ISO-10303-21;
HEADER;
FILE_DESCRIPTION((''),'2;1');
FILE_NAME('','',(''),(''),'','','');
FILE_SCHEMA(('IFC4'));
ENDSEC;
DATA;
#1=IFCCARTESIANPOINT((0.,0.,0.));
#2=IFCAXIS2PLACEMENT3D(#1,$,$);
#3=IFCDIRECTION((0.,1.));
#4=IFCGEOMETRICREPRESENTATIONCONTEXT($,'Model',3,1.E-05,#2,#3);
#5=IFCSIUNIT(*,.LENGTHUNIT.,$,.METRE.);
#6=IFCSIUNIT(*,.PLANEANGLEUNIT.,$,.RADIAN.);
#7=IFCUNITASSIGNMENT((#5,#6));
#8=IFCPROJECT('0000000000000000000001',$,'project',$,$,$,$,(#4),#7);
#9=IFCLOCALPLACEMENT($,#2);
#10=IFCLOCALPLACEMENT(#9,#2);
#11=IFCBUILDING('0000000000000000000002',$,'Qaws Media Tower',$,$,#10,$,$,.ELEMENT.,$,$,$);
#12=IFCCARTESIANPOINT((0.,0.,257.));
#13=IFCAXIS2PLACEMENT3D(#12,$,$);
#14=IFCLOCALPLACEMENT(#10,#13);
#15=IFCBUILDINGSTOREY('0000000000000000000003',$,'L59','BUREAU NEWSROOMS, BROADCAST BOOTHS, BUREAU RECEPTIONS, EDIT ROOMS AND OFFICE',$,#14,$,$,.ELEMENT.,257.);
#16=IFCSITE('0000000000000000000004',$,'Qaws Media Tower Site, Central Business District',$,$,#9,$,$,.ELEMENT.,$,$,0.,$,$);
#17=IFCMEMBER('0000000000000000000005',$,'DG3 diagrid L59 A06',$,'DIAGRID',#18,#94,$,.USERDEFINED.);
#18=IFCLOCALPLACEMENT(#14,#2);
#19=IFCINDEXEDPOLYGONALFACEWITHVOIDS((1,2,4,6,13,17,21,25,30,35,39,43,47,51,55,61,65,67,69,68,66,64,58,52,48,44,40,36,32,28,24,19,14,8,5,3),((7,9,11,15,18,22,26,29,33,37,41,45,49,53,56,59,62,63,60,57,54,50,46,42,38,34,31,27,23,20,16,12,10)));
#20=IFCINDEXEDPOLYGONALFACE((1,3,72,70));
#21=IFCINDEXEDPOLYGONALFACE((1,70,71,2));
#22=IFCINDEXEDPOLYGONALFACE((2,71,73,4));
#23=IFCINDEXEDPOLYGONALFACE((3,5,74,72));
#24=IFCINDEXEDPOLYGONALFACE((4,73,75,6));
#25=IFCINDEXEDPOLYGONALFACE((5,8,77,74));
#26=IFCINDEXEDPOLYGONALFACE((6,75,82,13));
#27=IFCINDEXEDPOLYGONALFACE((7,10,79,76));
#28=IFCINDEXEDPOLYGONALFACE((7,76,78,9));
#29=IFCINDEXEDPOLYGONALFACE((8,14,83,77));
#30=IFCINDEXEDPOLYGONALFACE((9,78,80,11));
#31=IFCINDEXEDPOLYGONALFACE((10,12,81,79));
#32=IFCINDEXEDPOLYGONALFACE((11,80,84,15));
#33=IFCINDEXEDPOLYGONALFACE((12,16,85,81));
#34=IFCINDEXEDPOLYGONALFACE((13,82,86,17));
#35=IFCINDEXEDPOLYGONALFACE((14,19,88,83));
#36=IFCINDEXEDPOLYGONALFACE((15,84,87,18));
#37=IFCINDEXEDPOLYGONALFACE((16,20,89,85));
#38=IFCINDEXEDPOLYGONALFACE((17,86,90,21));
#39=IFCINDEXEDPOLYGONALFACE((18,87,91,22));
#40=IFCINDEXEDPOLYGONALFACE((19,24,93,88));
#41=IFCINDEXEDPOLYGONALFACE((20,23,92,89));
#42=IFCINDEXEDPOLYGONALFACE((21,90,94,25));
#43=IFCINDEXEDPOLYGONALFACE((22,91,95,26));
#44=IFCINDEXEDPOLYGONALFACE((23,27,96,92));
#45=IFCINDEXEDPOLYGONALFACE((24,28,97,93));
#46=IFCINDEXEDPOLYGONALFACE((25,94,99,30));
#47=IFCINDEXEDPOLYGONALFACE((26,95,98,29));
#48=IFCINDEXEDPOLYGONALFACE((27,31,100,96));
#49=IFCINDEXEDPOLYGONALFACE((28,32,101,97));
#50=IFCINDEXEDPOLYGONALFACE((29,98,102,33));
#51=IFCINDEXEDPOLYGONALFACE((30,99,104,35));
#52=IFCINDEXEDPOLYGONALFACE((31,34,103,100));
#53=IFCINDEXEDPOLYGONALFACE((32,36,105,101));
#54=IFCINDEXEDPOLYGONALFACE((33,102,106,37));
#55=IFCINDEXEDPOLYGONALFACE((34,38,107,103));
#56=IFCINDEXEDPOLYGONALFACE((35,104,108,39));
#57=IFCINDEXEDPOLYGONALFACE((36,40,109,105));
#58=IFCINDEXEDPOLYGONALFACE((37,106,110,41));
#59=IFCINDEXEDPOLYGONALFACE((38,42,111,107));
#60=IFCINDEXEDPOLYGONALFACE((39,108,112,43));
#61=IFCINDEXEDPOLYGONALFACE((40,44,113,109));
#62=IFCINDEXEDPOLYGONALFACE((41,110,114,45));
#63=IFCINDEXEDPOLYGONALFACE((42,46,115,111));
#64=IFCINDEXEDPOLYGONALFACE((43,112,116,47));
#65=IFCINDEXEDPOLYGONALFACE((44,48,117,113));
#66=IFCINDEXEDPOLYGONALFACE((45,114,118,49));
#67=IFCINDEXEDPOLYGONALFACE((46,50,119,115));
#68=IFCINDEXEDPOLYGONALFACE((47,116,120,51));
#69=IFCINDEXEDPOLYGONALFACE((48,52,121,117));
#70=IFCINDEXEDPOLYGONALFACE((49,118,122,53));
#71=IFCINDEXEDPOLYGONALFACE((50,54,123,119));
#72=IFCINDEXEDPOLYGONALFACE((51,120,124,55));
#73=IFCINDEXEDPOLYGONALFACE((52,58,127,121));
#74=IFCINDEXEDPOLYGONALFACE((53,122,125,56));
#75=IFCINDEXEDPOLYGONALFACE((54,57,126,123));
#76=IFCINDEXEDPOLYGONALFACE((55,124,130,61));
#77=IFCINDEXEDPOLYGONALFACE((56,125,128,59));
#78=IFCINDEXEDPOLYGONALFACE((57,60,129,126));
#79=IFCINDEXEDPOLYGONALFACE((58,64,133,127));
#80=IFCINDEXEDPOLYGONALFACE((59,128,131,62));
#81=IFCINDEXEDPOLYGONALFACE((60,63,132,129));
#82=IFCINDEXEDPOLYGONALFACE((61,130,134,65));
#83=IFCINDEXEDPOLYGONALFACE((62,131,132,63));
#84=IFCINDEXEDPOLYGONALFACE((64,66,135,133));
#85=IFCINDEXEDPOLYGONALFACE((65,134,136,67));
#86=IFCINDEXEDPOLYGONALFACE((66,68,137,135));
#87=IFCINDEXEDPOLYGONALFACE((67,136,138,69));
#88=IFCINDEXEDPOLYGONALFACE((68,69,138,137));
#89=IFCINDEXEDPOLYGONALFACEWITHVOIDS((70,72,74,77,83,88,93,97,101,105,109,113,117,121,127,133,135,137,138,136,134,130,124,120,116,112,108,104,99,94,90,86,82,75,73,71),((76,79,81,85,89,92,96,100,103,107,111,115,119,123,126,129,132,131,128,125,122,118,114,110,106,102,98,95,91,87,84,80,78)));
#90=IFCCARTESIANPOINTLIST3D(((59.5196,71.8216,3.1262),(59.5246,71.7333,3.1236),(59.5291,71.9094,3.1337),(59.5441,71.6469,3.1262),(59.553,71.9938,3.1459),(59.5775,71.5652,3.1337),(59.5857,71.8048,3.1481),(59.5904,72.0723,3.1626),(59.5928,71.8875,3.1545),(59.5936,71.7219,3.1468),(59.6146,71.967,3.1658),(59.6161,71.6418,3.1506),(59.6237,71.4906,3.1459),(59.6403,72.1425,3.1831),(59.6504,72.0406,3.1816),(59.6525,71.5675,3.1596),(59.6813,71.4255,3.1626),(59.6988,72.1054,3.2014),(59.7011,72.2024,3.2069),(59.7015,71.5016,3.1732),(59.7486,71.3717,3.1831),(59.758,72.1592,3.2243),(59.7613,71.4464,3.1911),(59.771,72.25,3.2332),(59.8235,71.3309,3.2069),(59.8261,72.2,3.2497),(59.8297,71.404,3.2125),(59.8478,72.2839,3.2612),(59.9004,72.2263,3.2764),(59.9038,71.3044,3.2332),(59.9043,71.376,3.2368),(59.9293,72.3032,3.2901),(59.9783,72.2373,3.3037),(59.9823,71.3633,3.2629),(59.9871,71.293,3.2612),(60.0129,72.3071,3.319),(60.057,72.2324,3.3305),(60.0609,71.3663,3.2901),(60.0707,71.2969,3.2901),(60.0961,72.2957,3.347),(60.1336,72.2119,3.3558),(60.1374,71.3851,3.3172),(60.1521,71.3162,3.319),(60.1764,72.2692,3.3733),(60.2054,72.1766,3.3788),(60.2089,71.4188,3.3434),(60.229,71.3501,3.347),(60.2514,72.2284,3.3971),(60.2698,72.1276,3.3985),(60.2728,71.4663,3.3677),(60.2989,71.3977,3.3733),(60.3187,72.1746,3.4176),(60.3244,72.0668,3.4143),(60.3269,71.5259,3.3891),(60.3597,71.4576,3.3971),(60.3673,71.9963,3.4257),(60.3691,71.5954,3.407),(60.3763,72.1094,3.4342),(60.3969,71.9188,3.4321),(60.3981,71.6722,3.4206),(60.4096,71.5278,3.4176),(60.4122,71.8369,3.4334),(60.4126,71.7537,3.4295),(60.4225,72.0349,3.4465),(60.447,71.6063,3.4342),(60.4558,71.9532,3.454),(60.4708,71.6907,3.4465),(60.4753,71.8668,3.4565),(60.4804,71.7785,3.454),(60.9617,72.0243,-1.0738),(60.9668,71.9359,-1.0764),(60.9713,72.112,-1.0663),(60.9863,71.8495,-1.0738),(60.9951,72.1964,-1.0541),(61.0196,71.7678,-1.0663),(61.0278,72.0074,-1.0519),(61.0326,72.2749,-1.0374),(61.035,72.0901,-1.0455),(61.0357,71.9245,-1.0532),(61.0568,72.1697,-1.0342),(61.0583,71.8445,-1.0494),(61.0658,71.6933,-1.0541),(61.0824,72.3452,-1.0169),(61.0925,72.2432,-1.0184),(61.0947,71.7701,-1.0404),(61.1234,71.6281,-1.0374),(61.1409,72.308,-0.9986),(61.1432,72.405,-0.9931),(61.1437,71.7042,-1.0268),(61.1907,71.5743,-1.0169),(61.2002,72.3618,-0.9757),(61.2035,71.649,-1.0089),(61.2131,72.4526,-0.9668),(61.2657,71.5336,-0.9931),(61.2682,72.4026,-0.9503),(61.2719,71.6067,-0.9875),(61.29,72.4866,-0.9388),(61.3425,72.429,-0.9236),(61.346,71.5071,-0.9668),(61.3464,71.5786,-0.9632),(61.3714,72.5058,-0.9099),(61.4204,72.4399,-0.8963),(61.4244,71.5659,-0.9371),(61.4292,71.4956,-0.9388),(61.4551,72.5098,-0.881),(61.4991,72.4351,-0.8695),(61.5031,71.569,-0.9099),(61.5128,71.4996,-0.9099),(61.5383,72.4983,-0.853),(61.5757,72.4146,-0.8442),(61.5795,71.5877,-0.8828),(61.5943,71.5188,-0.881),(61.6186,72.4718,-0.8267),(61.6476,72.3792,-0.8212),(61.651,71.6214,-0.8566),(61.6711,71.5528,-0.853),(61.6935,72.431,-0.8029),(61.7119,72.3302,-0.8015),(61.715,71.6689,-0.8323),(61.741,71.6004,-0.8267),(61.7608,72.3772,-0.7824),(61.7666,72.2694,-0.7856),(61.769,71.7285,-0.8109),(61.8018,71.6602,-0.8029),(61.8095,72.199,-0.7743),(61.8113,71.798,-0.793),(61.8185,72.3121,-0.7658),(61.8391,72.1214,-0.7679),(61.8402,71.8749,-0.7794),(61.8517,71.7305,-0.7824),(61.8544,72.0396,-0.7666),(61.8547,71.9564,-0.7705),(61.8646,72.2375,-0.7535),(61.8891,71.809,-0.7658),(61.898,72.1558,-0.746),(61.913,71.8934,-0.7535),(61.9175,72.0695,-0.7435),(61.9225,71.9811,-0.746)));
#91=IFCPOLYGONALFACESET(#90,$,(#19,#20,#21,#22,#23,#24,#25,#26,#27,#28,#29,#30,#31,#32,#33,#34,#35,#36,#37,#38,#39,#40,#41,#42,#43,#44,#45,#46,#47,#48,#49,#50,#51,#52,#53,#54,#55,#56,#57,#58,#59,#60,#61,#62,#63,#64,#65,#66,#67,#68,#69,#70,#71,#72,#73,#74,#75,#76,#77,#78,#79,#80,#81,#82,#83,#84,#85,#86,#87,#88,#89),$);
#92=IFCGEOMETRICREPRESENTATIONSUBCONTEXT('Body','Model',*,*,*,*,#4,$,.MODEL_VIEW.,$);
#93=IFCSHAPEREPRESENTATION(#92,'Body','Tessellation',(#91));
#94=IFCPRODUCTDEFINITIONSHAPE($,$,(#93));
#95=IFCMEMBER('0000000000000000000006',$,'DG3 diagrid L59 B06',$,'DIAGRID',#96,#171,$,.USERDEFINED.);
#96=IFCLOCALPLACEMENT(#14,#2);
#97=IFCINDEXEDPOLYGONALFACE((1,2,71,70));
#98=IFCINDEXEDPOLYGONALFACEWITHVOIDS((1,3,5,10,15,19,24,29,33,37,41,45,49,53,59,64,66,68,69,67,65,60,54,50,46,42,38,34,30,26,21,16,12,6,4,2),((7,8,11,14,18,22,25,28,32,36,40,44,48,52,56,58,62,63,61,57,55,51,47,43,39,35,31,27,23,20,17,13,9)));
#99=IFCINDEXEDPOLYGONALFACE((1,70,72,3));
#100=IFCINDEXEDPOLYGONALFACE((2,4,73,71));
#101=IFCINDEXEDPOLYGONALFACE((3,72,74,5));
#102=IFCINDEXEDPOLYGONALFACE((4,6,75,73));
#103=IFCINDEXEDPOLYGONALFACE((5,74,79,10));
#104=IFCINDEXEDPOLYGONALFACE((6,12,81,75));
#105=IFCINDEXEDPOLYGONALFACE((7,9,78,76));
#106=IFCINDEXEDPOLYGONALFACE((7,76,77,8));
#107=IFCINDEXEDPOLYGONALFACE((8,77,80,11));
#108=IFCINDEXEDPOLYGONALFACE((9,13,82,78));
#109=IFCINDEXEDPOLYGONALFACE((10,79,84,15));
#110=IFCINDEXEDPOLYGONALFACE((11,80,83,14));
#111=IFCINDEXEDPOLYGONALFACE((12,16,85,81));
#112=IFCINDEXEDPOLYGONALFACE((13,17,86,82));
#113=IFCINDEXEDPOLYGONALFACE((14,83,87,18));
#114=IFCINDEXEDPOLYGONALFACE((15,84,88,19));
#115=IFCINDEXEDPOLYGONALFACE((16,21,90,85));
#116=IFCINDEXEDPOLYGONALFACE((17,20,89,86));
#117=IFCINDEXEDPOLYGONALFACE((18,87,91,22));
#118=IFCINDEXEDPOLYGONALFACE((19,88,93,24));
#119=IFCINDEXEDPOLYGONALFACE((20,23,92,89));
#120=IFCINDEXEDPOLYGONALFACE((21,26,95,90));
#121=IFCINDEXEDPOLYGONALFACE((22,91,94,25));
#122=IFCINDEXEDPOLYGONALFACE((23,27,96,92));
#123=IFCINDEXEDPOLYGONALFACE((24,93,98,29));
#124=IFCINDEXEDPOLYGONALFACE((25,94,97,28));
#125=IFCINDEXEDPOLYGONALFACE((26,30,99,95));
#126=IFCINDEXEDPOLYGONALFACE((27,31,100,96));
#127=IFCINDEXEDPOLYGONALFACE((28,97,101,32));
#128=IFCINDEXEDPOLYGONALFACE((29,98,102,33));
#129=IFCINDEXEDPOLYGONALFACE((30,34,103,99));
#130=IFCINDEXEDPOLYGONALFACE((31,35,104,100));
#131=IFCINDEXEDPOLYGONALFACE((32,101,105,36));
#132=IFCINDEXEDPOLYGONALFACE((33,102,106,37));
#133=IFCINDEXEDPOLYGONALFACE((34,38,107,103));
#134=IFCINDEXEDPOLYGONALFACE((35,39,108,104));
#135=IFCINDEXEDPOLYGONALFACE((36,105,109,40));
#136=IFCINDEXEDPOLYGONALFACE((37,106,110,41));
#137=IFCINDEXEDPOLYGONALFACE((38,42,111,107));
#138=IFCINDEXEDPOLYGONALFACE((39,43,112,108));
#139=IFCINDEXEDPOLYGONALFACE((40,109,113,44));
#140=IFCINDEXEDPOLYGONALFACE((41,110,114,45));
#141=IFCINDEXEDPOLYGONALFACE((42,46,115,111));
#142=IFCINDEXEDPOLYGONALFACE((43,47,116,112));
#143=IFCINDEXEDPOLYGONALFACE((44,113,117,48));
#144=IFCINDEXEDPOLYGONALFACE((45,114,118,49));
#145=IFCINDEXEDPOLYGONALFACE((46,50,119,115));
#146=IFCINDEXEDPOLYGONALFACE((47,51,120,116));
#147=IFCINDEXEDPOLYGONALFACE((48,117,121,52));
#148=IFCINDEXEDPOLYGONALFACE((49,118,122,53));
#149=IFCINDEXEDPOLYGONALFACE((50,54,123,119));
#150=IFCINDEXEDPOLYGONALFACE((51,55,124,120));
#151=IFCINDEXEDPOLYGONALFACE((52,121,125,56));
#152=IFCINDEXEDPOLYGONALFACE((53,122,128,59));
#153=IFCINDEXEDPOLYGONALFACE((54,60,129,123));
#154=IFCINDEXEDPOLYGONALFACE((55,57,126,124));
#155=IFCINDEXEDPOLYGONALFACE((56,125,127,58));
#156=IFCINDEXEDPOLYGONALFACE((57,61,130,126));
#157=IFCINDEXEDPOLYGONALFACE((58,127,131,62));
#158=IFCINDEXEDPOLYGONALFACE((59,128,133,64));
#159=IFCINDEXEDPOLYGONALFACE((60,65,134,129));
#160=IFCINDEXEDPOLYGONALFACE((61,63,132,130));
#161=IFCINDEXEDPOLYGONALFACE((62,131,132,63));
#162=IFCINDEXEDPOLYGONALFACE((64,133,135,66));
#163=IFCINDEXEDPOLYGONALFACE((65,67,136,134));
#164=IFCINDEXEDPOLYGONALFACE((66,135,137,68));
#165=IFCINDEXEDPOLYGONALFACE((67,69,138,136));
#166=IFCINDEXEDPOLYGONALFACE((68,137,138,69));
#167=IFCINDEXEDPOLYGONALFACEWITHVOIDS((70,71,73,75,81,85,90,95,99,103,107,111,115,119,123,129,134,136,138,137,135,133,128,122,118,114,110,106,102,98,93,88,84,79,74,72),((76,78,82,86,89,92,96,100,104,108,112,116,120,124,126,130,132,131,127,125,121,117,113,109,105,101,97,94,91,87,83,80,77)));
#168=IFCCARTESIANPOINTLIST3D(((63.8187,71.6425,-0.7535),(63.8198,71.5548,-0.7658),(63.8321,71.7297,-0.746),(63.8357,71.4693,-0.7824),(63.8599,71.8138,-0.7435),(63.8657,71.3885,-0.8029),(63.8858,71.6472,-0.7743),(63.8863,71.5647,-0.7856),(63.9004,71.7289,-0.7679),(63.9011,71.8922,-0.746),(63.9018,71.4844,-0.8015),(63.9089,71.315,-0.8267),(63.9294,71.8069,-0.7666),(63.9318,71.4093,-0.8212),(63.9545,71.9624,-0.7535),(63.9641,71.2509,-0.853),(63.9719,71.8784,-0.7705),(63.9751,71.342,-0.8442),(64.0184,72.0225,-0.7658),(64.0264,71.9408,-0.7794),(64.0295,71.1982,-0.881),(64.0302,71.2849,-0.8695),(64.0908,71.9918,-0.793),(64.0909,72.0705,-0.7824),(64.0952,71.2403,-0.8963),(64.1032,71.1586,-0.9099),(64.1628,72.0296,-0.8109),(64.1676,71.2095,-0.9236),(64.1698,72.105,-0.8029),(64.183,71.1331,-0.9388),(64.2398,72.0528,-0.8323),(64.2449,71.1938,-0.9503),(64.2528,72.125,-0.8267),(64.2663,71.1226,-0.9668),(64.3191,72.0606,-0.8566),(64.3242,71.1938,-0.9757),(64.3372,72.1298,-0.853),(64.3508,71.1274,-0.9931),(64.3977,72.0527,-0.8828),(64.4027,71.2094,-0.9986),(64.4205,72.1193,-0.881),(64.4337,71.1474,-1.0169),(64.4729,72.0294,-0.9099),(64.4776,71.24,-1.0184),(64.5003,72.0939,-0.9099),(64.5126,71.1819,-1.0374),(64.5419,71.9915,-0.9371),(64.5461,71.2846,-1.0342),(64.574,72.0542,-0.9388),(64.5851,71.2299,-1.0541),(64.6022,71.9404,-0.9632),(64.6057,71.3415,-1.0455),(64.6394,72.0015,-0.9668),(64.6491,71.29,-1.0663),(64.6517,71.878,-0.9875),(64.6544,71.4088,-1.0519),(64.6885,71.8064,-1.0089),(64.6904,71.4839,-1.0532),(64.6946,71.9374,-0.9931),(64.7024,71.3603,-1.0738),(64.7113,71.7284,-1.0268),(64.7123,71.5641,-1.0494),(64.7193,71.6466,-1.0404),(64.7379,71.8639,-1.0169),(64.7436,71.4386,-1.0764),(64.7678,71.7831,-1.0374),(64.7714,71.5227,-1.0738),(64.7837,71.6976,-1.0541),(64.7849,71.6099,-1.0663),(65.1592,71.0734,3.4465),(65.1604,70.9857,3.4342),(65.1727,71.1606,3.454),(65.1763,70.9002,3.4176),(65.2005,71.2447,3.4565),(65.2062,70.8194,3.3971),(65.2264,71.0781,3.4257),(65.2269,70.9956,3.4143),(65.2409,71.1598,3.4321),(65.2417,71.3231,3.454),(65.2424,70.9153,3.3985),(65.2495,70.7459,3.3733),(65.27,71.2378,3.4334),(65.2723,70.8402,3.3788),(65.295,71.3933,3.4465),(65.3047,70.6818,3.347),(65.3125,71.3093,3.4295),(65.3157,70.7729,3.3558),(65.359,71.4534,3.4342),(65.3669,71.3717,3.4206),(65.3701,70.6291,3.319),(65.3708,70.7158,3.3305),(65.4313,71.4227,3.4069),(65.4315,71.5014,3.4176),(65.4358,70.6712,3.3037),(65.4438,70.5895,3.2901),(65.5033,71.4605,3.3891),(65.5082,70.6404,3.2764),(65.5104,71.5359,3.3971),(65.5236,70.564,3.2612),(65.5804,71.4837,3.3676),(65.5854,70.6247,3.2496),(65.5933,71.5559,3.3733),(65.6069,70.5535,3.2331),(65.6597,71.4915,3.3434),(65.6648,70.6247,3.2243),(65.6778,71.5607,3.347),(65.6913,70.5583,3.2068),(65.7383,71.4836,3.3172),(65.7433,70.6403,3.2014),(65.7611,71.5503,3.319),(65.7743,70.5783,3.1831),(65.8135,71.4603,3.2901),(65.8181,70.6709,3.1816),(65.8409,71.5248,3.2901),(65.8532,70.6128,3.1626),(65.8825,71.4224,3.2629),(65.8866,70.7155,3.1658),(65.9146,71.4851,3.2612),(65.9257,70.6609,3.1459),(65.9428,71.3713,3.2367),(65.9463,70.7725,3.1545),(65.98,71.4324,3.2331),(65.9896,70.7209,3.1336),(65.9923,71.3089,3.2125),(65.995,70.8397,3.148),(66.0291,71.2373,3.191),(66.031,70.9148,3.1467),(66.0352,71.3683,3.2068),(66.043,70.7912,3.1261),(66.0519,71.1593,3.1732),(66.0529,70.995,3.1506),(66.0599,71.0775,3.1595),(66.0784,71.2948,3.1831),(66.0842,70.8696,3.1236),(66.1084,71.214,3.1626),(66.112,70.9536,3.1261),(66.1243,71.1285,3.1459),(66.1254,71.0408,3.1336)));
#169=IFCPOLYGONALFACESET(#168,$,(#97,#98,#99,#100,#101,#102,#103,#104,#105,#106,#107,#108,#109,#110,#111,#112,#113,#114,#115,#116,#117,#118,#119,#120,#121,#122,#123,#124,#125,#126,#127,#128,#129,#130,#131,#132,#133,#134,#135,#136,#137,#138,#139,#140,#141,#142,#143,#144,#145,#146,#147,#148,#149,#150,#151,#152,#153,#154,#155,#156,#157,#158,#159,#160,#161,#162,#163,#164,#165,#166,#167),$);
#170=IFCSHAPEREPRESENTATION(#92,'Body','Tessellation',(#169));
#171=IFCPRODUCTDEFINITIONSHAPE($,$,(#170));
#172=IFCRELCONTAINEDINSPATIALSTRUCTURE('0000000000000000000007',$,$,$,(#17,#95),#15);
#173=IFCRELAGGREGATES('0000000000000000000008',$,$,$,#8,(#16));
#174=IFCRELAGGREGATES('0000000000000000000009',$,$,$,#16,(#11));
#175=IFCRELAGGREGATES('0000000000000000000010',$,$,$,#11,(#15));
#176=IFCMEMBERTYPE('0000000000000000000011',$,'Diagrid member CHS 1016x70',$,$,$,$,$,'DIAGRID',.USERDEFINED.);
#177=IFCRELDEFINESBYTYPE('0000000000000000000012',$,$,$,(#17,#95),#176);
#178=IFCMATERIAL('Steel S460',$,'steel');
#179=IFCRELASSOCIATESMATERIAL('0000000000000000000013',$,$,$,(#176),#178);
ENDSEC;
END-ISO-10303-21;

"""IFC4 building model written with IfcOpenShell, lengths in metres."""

from ifc_helpers import new_model, si_unit, direction, frame, origin, origin_2d, place, context, subcontext, project, spatial, hollow_circle, extrude, material, material_profile, profile_set, type_object, element, save


model = new_model("IFC4")

# Units and contexts
model_context = context("Model", 3, precision=1e-05, world=origin(), true_north=direction((0.0, 1.0)))
body_context = subcontext(model_context, "Body", "Model", "MODEL_VIEW")
ifc_project = project(units=[si_unit("LENGTHUNIT", "METRE"), si_unit("PLANEANGLEUNIT", "RADIAN")], contexts=[model_context])

# Site, building, storey
site_placement = place(None, origin())
site = spatial("IfcSite", under=ifc_project, at=site_placement, Name="Qaws Media Tower Site, Central Business District", CompositionType="ELEMENT", RefElevation=0.0)
building_placement = place(site_placement, origin())
building = spatial("IfcBuilding", under=site, at=building_placement, Name="Qaws Media Tower", CompositionType="ELEMENT")
storey_placement = place(building_placement, frame((0.0, 0.0, 257.0)))
storey = spatial("IfcBuildingStorey", under=building, at=storey_placement, Name="L59", Description="BUREAU NEWSROOMS, BROADCAST BOOTHS, BUREAU RECEPTIONS, EDIT ROOMS AND OFFICE", CompositionType="ELEMENT", Elevation=257.0)

# Members
ifc_material_1 = material(Name="Steel S460", Category="steel")
ifc_material_profile_1 = material_profile(ifc_material_1, hollow_circle(Radius=0.5081, WallThickness=0.0701, at=origin_2d()), Name="CHS 1016x70")
ifc_profile_set_1 = profile_set([ifc_material_profile_1], Name="Steel S460")
member_type_1 = type_object("IfcMemberType", Name="Diagrid member CHS 1016x70", ElementType="DIAGRID", PredefinedType="USERDEFINED", material=ifc_profile_set_1)
for number, where, z_axis, x_axis, name in (
    (1, (61.4421, 72.0027, -0.9099), (-0.324421, -0.045585, 0.944814), (0.139144, -0.990272, 0.0), "DG3 diagrid L59 A06"),
    (2, (64.3018, 71.6262, -0.9099), (0.301572, -0.128021, 0.944809), (0.390761, 0.920492, 0.0), "DG3 diagrid L59 B06"),
):
    element("IfcMember", number, at=place(storey_placement, frame(where, z_axis=z_axis, x_axis=x_axis)), inside=storey, type_object=member_type_1, Name=name, ObjectType="DIAGRID", PredefinedType="USERDEFINED", context=body_context, shape_type="SweptSolid", body=[
        extrude(hollow_circle(Radius=0.5081, WallThickness=0.0701, at=origin_2d()), origin(), (0.0, 0.0, 1.0), 4.4453),
    ])

save(model, "model.ifc")
